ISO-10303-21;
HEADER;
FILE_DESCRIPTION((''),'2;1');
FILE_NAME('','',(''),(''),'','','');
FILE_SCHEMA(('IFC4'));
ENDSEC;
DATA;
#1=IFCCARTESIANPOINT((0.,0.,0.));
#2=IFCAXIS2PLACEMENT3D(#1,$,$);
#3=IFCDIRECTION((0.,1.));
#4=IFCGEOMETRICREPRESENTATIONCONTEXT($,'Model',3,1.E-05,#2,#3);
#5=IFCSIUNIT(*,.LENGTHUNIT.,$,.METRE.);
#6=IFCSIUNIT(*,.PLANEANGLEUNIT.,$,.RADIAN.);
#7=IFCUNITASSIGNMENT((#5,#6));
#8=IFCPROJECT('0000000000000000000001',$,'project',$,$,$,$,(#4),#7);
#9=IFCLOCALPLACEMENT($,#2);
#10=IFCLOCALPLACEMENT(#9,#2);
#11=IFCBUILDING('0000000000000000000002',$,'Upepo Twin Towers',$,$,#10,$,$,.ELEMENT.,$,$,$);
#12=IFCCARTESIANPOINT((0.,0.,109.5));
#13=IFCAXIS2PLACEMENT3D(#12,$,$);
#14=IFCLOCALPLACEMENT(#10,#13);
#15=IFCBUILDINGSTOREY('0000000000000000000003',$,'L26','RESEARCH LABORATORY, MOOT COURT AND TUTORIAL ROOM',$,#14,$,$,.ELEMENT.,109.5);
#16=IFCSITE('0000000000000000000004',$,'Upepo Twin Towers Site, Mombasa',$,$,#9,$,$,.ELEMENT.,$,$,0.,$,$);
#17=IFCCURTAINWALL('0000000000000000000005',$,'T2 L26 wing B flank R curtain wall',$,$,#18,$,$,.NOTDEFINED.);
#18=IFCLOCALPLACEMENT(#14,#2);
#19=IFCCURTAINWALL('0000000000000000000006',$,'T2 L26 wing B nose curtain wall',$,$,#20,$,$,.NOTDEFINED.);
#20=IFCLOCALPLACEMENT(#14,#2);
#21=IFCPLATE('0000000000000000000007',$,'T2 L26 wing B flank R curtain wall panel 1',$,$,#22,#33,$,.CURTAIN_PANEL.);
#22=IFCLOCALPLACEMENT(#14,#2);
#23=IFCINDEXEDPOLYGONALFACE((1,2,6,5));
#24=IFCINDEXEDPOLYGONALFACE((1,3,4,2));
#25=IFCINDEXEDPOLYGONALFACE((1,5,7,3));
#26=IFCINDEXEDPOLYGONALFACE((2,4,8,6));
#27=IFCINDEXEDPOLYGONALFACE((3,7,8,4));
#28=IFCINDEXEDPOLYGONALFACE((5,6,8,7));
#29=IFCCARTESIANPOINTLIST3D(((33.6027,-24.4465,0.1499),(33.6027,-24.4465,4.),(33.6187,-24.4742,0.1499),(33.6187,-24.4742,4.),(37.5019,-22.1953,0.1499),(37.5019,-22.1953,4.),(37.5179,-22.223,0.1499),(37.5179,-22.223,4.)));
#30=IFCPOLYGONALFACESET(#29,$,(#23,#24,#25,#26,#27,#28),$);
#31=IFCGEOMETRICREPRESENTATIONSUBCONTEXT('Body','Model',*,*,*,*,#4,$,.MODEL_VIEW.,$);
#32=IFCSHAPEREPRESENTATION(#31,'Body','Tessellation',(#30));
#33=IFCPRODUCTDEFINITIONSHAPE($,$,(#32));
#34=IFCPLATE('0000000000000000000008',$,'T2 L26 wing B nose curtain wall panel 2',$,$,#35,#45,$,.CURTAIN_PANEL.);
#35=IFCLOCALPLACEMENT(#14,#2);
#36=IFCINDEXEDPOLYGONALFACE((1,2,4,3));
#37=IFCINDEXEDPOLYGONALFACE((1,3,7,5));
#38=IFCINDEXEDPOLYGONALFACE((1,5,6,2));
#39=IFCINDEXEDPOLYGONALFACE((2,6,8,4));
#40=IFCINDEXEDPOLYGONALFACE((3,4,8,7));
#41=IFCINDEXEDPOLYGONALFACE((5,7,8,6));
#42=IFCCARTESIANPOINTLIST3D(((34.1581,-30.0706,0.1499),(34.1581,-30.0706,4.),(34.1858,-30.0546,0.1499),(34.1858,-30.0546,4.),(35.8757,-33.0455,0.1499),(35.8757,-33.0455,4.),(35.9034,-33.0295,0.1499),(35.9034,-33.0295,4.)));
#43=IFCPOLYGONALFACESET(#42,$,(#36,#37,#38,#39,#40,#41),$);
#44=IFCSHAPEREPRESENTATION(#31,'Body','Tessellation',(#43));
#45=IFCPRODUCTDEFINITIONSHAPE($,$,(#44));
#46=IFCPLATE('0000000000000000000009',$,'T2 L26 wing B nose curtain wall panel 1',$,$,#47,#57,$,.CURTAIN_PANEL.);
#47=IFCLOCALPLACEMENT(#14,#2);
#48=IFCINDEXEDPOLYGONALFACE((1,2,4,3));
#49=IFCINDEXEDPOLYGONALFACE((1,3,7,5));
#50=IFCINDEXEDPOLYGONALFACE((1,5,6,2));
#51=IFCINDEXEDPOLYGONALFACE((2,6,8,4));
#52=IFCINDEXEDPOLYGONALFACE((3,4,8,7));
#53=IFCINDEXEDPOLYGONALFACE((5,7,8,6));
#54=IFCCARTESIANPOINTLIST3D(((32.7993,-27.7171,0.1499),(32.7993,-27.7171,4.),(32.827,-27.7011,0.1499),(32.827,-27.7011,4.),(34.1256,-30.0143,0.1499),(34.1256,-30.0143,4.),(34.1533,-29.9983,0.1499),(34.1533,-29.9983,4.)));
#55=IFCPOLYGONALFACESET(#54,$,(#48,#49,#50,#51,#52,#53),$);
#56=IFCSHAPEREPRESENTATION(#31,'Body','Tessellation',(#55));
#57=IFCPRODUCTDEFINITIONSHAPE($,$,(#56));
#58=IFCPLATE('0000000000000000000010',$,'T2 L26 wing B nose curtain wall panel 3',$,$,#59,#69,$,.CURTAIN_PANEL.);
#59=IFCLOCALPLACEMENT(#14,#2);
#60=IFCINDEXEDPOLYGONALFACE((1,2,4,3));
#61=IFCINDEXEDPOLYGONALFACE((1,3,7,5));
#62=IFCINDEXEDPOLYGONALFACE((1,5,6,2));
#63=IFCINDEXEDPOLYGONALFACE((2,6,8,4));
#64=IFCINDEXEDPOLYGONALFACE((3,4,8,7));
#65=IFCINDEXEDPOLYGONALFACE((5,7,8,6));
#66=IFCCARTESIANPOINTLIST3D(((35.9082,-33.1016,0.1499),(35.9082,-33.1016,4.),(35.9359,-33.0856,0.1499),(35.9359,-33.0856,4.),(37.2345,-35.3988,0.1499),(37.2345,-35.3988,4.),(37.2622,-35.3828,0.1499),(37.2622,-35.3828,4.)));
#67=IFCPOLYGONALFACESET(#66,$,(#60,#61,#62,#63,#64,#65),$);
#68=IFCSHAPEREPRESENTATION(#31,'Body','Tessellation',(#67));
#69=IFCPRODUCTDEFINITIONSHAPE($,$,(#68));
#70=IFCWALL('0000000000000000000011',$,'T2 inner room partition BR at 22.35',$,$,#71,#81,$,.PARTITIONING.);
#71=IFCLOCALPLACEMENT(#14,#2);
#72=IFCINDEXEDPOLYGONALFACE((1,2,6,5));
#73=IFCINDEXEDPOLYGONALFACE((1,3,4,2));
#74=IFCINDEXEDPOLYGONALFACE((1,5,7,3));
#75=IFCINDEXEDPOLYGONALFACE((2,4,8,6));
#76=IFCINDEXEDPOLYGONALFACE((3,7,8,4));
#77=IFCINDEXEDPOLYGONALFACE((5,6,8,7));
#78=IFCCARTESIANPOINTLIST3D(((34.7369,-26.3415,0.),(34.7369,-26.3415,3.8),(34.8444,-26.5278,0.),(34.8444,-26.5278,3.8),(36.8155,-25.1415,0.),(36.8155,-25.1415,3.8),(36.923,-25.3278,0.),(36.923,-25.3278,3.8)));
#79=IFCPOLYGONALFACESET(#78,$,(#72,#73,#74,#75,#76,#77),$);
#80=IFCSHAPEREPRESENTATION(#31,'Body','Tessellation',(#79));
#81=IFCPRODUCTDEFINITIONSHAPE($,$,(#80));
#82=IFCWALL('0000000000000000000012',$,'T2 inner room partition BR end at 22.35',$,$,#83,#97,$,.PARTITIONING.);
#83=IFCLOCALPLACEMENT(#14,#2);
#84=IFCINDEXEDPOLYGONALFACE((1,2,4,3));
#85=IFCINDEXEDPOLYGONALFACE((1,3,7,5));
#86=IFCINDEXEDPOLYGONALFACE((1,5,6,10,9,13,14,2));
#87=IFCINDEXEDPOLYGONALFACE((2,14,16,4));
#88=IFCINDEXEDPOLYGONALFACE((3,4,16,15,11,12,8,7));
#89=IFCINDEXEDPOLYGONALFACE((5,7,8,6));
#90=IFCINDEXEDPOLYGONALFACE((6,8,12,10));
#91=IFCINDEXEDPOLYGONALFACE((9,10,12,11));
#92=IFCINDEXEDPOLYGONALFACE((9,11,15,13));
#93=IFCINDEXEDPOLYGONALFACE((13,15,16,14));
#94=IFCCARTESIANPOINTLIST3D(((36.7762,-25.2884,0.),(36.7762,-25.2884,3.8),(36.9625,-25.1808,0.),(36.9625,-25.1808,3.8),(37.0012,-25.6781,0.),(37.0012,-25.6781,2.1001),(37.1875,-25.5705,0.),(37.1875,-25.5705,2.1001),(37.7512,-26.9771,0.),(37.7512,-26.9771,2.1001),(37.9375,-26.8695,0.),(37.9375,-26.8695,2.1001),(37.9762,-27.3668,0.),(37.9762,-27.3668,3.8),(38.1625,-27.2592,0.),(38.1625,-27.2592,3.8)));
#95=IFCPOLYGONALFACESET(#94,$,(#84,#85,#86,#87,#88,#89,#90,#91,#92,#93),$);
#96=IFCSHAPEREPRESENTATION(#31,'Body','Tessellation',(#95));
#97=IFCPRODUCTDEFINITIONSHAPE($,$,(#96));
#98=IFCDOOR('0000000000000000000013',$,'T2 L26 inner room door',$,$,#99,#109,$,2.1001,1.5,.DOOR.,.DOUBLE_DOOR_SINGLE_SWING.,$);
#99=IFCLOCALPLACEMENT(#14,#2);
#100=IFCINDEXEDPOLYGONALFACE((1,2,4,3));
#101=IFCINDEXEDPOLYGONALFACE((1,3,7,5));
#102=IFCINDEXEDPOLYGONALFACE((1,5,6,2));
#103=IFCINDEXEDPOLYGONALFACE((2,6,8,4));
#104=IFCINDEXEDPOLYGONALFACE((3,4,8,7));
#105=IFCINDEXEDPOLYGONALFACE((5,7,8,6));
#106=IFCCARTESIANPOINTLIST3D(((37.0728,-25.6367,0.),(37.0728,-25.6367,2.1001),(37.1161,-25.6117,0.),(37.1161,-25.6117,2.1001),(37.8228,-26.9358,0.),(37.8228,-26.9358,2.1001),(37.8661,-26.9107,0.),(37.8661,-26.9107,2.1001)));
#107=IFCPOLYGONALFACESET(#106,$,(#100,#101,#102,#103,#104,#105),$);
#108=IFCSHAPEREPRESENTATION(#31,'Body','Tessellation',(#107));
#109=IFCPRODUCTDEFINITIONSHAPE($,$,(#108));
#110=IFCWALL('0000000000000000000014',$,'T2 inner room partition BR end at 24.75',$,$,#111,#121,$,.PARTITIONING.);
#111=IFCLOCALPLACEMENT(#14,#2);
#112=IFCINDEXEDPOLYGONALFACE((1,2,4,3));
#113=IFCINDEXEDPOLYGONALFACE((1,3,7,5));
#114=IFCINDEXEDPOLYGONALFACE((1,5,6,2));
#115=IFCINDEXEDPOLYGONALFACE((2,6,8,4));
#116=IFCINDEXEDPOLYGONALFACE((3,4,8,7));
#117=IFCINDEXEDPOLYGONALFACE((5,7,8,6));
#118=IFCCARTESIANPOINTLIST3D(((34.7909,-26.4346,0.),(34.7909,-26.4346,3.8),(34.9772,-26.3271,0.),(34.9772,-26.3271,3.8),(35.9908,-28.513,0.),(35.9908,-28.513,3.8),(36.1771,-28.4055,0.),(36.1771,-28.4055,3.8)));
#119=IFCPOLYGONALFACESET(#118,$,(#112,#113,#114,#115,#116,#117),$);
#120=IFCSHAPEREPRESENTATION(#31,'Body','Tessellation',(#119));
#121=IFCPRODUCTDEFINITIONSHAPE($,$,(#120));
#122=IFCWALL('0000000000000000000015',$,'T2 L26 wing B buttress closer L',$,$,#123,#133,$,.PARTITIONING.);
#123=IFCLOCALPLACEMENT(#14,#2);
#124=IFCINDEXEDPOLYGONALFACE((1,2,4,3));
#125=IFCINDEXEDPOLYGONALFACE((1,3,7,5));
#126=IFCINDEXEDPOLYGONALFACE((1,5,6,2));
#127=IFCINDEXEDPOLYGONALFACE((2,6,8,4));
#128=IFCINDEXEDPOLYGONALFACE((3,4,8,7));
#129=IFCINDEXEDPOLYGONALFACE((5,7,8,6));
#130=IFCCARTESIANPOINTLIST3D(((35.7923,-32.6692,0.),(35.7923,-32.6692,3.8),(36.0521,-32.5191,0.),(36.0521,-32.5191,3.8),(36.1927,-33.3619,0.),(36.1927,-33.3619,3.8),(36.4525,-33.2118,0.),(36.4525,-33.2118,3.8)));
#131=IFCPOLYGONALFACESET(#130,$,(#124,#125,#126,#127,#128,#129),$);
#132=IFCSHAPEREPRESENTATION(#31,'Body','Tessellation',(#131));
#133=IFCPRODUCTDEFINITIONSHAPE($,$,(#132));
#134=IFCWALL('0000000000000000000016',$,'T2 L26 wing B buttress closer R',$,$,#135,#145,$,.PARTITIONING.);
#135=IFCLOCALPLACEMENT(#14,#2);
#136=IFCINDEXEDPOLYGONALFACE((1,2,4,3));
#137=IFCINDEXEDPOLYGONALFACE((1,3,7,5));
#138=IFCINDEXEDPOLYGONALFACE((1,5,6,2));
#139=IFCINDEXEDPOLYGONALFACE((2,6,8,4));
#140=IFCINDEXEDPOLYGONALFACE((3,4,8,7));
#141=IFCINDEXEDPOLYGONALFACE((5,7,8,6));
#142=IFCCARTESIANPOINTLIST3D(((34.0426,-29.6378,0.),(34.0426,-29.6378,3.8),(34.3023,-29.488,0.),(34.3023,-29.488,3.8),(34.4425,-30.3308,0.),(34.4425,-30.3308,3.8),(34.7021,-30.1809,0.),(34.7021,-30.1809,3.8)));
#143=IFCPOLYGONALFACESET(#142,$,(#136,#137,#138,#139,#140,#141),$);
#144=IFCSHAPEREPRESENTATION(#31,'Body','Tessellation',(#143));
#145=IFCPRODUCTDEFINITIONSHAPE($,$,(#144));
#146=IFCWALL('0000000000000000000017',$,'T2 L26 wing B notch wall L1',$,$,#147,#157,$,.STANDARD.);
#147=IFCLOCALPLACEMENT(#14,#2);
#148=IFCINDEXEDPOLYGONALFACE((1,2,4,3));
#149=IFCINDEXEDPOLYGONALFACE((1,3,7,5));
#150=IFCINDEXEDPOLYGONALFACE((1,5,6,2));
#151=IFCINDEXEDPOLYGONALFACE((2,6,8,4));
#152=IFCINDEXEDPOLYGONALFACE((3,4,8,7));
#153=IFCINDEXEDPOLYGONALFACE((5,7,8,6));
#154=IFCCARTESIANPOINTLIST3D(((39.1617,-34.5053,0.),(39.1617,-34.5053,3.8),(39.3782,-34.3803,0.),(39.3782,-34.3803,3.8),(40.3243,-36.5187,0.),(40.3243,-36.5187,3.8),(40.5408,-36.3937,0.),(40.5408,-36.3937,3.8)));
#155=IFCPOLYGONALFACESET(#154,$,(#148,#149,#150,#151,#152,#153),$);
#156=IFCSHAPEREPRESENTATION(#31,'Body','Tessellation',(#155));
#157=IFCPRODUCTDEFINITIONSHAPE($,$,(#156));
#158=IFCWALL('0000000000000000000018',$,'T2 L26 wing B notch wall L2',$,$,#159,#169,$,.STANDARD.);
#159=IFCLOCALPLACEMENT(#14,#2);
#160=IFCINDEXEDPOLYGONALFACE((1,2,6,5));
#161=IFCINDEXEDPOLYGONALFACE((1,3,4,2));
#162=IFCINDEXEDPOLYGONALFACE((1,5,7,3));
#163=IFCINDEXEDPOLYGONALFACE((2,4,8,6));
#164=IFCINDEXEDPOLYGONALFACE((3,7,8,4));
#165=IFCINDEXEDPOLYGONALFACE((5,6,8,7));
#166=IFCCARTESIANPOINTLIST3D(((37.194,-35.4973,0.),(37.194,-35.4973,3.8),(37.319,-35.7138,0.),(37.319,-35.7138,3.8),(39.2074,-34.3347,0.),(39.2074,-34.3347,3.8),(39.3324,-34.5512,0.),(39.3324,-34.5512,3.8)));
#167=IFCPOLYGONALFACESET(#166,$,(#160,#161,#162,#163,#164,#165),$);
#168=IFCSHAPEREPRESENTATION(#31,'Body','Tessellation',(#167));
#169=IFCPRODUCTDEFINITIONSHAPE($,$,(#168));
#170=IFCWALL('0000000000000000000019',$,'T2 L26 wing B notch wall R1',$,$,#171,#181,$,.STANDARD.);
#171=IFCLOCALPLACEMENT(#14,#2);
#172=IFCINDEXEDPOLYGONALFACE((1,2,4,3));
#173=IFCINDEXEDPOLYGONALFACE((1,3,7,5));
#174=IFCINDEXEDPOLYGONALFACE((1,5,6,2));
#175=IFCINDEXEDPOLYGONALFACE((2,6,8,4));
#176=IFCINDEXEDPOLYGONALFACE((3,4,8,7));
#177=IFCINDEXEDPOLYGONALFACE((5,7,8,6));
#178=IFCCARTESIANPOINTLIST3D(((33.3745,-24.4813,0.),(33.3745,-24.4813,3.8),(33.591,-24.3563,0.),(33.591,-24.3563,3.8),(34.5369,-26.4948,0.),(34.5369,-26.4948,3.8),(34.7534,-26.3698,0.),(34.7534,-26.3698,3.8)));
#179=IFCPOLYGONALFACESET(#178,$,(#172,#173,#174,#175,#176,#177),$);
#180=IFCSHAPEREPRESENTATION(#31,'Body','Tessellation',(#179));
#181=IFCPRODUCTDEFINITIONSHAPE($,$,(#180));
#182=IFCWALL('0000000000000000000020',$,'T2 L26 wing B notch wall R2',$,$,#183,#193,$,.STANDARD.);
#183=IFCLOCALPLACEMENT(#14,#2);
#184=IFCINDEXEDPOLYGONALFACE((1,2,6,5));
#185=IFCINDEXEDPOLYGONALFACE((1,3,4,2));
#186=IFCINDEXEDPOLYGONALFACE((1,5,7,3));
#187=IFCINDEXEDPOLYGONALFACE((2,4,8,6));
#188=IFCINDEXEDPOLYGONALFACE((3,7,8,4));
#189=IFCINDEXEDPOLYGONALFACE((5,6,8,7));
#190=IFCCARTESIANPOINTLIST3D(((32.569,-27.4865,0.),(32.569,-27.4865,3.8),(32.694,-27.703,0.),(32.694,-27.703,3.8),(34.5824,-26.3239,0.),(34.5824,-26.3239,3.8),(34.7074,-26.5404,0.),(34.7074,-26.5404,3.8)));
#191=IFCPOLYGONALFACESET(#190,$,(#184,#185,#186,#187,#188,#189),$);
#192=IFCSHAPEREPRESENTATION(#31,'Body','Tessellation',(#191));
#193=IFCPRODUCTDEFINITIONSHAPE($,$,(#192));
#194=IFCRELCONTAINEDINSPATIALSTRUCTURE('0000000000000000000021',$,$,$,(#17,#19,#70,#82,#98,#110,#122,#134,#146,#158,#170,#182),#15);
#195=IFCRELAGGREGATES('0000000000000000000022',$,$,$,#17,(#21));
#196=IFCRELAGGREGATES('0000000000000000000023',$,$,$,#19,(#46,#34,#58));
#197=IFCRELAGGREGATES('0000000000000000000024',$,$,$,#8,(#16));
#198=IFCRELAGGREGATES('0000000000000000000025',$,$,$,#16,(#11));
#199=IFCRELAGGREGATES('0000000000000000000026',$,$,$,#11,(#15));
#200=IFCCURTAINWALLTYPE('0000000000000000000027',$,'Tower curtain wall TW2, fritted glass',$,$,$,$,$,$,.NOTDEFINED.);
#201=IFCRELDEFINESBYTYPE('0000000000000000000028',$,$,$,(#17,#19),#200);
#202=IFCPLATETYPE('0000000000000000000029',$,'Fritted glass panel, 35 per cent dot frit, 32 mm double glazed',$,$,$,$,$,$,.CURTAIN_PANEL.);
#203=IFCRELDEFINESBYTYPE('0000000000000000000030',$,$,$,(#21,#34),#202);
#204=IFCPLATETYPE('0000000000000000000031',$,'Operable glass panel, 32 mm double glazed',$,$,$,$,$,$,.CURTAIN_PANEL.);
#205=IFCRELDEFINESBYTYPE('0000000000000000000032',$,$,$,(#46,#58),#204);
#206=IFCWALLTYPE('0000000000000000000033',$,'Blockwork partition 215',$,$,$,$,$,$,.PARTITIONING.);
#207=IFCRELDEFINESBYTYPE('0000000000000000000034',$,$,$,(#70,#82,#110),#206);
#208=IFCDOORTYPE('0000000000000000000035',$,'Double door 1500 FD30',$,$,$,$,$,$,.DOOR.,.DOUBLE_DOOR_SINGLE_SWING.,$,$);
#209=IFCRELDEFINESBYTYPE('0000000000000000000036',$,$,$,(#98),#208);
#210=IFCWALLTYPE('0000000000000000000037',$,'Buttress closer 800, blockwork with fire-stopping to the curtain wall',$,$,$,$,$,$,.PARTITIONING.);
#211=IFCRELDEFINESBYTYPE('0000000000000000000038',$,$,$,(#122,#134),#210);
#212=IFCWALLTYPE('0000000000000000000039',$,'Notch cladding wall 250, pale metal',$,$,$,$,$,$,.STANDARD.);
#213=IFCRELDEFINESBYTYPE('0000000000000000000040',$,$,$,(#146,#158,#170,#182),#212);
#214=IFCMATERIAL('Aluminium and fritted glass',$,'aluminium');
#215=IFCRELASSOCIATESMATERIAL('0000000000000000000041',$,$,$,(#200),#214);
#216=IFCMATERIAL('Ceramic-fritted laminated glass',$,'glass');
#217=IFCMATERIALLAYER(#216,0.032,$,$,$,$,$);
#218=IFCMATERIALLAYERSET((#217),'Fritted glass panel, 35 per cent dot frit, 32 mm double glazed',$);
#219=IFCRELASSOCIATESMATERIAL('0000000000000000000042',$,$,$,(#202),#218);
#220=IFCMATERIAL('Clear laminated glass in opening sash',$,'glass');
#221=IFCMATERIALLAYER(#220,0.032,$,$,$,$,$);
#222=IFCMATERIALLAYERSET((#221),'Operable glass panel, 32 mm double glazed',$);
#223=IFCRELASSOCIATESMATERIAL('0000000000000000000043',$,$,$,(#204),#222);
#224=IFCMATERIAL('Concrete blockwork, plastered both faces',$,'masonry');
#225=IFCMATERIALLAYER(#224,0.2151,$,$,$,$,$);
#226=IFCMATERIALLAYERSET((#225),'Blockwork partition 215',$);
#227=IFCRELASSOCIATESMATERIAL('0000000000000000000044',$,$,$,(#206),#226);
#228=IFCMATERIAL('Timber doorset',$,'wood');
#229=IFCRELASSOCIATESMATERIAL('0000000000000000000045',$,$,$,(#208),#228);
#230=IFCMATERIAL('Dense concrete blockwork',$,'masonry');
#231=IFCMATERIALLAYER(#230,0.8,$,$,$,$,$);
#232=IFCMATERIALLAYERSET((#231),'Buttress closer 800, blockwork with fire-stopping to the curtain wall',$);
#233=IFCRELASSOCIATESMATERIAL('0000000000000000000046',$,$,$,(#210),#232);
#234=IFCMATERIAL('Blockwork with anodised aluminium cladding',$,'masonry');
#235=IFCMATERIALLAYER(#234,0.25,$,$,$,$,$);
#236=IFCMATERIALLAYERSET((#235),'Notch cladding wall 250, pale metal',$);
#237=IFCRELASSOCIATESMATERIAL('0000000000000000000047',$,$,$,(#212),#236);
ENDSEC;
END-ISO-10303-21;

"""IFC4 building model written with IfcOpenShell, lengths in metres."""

from ifc_helpers import new_model, si_unit, direction, frame, frame_2d, origin, origin_2d, place, context, subcontext, project, spatial, rectangle, extrude, material, layer, layer_set, type_object, element, fill, aggregate, save


model = new_model("IFC4")

# Units and contexts
model_context = context("Model", 3, precision=1e-05, world=origin(), true_north=direction((0.0, 1.0)))
body_context = subcontext(model_context, "Body", "Model", "MODEL_VIEW")
ifc_project = project(units=[si_unit("LENGTHUNIT", "METRE"), si_unit("PLANEANGLEUNIT", "RADIAN")], contexts=[model_context])

# Site, building, storey
site_placement = place(None, origin())
site = spatial("IfcSite", under=ifc_project, at=site_placement, Name="Upepo Twin Towers Site, Mombasa", CompositionType="ELEMENT", RefElevation=0.0)
building_placement = place(site_placement, origin())
building = spatial("IfcBuilding", under=site, at=building_placement, Name="Upepo Twin Towers", CompositionType="ELEMENT")
storey_placement = place(building_placement, frame((0.0, 0.0, 109.5)))
storey = spatial("IfcBuildingStorey", under=building, at=storey_placement, Name="L26", Description="RESEARCH LABORATORY, MOOT COURT AND TUTORIAL ROOM", CompositionType="ELEMENT", Elevation=109.5)

# Shared definitions
ifc_material_1 = material(Name="Aluminium and fritted glass", Category="aluminium")
curtain_wall_type = type_object("IfcCurtainWallType", Name="Tower curtain wall TW2, fritted glass", PredefinedType="NOTDEFINED", material=ifc_material_1)

# Curtain walls
curtain_wall_1_placement = place(storey_placement, origin())
curtain_wall_1 = element("IfcCurtainWall", 1, at=curtain_wall_1_placement, inside=storey, type_object=curtain_wall_type, Name="T2 L26 wing B flank R curtain wall", PredefinedType="NOTDEFINED")
curtain_wall_2_placement = place(storey_placement, origin())
curtain_wall_2 = element("IfcCurtainWall", 2, at=curtain_wall_2_placement, inside=storey, type_object=curtain_wall_type, Name="T2 L26 wing B nose curtain wall", PredefinedType="NOTDEFINED")

# Plates
ifc_material_2 = material(Name="Ceramic-fritted laminated glass", Category="glass")
ifc_layer_1 = layer(ifc_material_2, 0.032)
ifc_layer_set_1 = layer_set([ifc_layer_1], Name="Fritted glass panel, 35 per cent dot frit, 32 mm double glazed")
plate_type_1 = type_object("IfcPlateType", Name="Fritted glass panel, 35 per cent dot frit, 32 mm double glazed", PredefinedType="CURTAIN_PANEL", material=ifc_layer_set_1)
plate_1_placement = place(storey_placement, frame((35.5603, -23.3347, 0.1499), z_axis=(0.0, 0.0, 1.0), x_axis=(0.866025, 0.5, 0.0)))
plate_1 = element("IfcPlate", 3, at=plate_1_placement, type_object=plate_type_1, Name="T2 L26 wing B flank R curtain wall panel 1", PredefinedType="CURTAIN_PANEL", context=body_context, shape_type="SweptSolid", body=[
    extrude(rectangle(XDim=4.5024, YDim=0.032, at=origin_2d()), origin(), (0.0, 0.0, 1.0), 3.8501),
])
aggregate(curtain_wall_1, [plate_1])
plate_2_placement = place(storey_placement, frame((35.0308, -31.55, 0.1499), z_axis=(0.0, 0.0, 1.0), x_axis=(0.5, -0.866025, 0.0)))
plate_2 = element("IfcPlate", 4, at=plate_2_placement, type_object=plate_type_1, Name="T2 L26 wing B nose curtain wall panel 2", PredefinedType="CURTAIN_PANEL", context=body_context, shape_type="SweptSolid", body=[
    extrude(rectangle(XDim=3.4351, YDim=0.032, at=origin_2d()), origin(), (0.0, 0.0, 1.0), 3.8501),
])
ifc_material_3 = material(Name="Clear laminated glass in opening sash", Category="glass")
ifc_layer_2 = layer(ifc_material_3, 0.032)
ifc_layer_set_2 = layer_set([ifc_layer_2], Name="Operable glass panel, 32 mm double glazed")
plate_type_2 = type_object("IfcPlateType", Name="Operable glass panel, 32 mm double glazed", PredefinedType="CURTAIN_PANEL", material=ifc_layer_set_2)
plate_3_placement = place(storey_placement, frame((33.4763, -28.8577, 0.1499), z_axis=(0.0, 0.0, 1.0), x_axis=(0.5, -0.866025, 0.0)))
plate_3 = element("IfcPlate", 5, at=plate_3_placement, type_object=plate_type_2, Name="T2 L26 wing B nose curtain wall panel 1", PredefinedType="CURTAIN_PANEL", context=body_context, shape_type="SweptSolid", body=[
    extrude(rectangle(XDim=2.6526, YDim=0.032, at=origin_2d()), origin(), (0.0, 0.0, 1.0), 3.8501),
])
plate_4_placement = place(storey_placement, frame((36.5852, -34.2422, 0.1499), z_axis=(0.0, 0.0, 1.0), x_axis=(0.5, -0.866025, 0.0)))
plate_4 = element("IfcPlate", 6, at=plate_4_placement, type_object=plate_type_2, Name="T2 L26 wing B nose curtain wall panel 3", PredefinedType="CURTAIN_PANEL", context=body_context, shape_type="SweptSolid", body=[
    extrude(rectangle(XDim=2.6526, YDim=0.032, at=origin_2d()), origin(), (0.0, 0.0, 1.0), 3.8501),
])
aggregate(curtain_wall_2, [plate_3, plate_2, plate_4])

# Wall
ifc_material_4 = material(Name="Concrete blockwork, plastered both faces", Category="masonry")
ifc_layer_3 = layer(ifc_material_4, 0.2151)
ifc_layer_set_3 = layer_set([ifc_layer_3], Name="Blockwork partition 215")
wall_type_1 = type_object("IfcWallType", Name="Blockwork partition 215", PredefinedType="PARTITIONING", material=ifc_layer_set_3)
wall_1_placement = place(storey_placement, frame((36.8694, -25.2346, 0.0), z_axis=(0.0, 0.0, 1.0), x_axis=(-0.86605, -0.499957, 0.0)))
element("IfcWall", 7, at=wall_1_placement, inside=storey, type_object=wall_type_1, Name="T2 inner room partition BR at 22.35", PredefinedType="PARTITIONING", context=body_context, shape_type="SweptSolid", body=[
    extrude(rectangle(XDim=2.4001, YDim=0.2151, at=frame_2d((1.2002, 0.0))), origin(), (0.0, 0.0, 1.0), 3.8),
])

# Wall, opening, door
wall_2_placement = place(storey_placement, frame((38.0693, -27.313, 0.0), z_axis=(0.0, 0.0, 1.0), x_axis=(-0.500001, 0.866025, 0.0)))
wall_2 = element("IfcWall", 8, at=wall_2_placement, inside=storey, type_object=wall_type_1, Name="T2 inner room partition BR end at 22.35", PredefinedType="PARTITIONING", context=body_context, shape_type="SweptSolid", body=[
    extrude(rectangle(XDim=2.3999, YDim=0.2151, at=frame_2d((1.2, 0.0))), origin(), (0.0, 0.0, 1.0), 3.8),
])
opening_placement = place(wall_2_placement, frame((0.45, 0.0, 0.0)))
opening = element("IfcOpeningElement", 9, at=opening_placement, cuts=wall_2, PredefinedType="OPENING", context=body_context, shape_type="SweptSolid", body=[
    extrude(rectangle(XDim=1.5, YDim=2.1001, at=frame_2d((0.75, 1.05))), frame((0.0, 0.1174, 0.0), z_axis=(0.0, -1.0, 0.0), x_axis=(1.0, 0.0, 0.0)), (0.0, 0.0, 1.0), 0.2351),
])
ifc_material_5 = material(Name="Timber doorset", Category="wood")
door_type = type_object("IfcDoorType", Name="Double door 1500 FD30", OperationType="DOUBLE_DOOR_SINGLE_SWING", PredefinedType="DOOR", material=ifc_material_5)
door_placement = place(opening_placement, origin())
door = element("IfcDoor", 10, at=door_placement, inside=storey, type_object=door_type, Name="T2 L26 inner room door", OperationType="DOUBLE_DOOR_SINGLE_SWING", OverallHeight=2.1001, OverallWidth=1.5, PredefinedType="DOOR", context=body_context, shape_type="SweptSolid", body=[
    extrude(rectangle(XDim=1.5, YDim=2.1001, at=frame_2d((0.75, 1.05))), frame((0.0, 0.0249, 0.0), z_axis=(0.0, -1.0, 0.0), x_axis=(1.0, 0.0, 0.0)), (0.0, 0.0, 1.0), 0.05),
])
fill(opening, door)

# Walls
wall_3_placement = place(storey_placement, frame((36.084, -28.4592, 0.0), z_axis=(0.0, 0.0, 1.0), x_axis=(-0.500001, 0.866025, 0.0)))
element("IfcWall", 11, at=wall_3_placement, inside=storey, type_object=wall_type_1, Name="T2 inner room partition BR end at 24.75", PredefinedType="PARTITIONING", context=body_context, shape_type="SweptSolid", body=[
    extrude(rectangle(XDim=2.3999, YDim=0.2151, at=frame_2d((1.2, 0.0))), origin(), (0.0, 0.0, 1.0), 3.8),
])
ifc_material_6 = material(Name="Dense concrete blockwork", Category="masonry")
ifc_layer_4 = layer(ifc_material_6, 0.8)
ifc_layer_set_4 = layer_set([ifc_layer_4], Name="Buttress closer 800, blockwork with fire-stopping to the curtain wall")
wall_type_2 = type_object("IfcWallType", Name="Buttress closer 800, blockwork with fire-stopping to the curtain wall", PredefinedType="PARTITIONING", material=ifc_layer_set_4)
wall_4_placement = place(storey_placement, frame((36.2522, -32.8655, 0.0), z_axis=(0.0, 0.0, 1.0), x_axis=(-0.865779, -0.500427, 0.0)))
element("IfcWall", 12, at=wall_4_placement, inside=storey, type_object=wall_type_2, Name="T2 L26 wing B buttress closer L", PredefinedType="PARTITIONING", context=body_context, shape_type="SweptSolid", body=[
    extrude(rectangle(XDim=0.3, YDim=0.8, at=frame_2d((0.1499, 0.0))), origin(), (0.0, 0.0, 1.0), 3.8),
])
wall_5_placement = place(storey_placement, frame((34.5022, -29.8345, 0.0), z_axis=(0.0, 0.0, 1.0), x_axis=(-0.866131, -0.499816, 0.0)))
element("IfcWall", 13, at=wall_5_placement, inside=storey, type_object=wall_type_2, Name="T2 L26 wing B buttress closer R", PredefinedType="PARTITIONING", context=body_context, shape_type="SweptSolid", body=[
    extrude(rectangle(XDim=0.2998, YDim=0.8, at=frame_2d((0.1499, 0.0))), origin(), (0.0, 0.0, 1.0), 3.8),
])
ifc_material_7 = material(Name="Blockwork with anodised aluminium cladding", Category="masonry")
ifc_layer_5 = layer(ifc_material_7, 0.25)
ifc_layer_set_5 = layer_set([ifc_layer_5], Name="Notch cladding wall 250, pale metal")
wall_type_3 = type_object("IfcWallType", Name="Notch cladding wall 250, pale metal", PredefinedType="STANDARD", material=ifc_layer_set_5)
for number, where, z_axis, x_axis, name in (
    (14, (40.4326, -36.4563, 0.0), (0.0, 0.0, 1.0), (-0.500047, 0.865998, 0.0), "T2 L26 wing B notch wall L1"),
    (15, (39.27, -34.4429, 0.0), (0.0, 0.0, 1.0), (-0.865998, -0.500047, 0.0), "T2 L26 wing B notch wall L2"),
    (16, (33.4827, -24.4187, 0.0), (0.0, 0.0, 1.0), (0.499968, -0.866044, 0.0), "T2 L26 wing B notch wall R1"),
    (17, (34.645, -26.4321, 0.0), (0.0, 0.0, 1.0), (-0.865998, -0.500047, 0.0), "T2 L26 wing B notch wall R2"),
):
    element("IfcWall", number, at=place(storey_placement, frame(where, z_axis=z_axis, x_axis=x_axis)), inside=storey, type_object=wall_type_3, Name=name, PredefinedType="STANDARD", context=body_context, shape_type="SweptSolid", body=[
        extrude(rectangle(XDim=2.325, YDim=0.25, at=frame_2d((1.1626, 0.0))), origin(), (0.0, 0.0, 1.0), 3.8),
    ])

save(model, "model.ifc")
